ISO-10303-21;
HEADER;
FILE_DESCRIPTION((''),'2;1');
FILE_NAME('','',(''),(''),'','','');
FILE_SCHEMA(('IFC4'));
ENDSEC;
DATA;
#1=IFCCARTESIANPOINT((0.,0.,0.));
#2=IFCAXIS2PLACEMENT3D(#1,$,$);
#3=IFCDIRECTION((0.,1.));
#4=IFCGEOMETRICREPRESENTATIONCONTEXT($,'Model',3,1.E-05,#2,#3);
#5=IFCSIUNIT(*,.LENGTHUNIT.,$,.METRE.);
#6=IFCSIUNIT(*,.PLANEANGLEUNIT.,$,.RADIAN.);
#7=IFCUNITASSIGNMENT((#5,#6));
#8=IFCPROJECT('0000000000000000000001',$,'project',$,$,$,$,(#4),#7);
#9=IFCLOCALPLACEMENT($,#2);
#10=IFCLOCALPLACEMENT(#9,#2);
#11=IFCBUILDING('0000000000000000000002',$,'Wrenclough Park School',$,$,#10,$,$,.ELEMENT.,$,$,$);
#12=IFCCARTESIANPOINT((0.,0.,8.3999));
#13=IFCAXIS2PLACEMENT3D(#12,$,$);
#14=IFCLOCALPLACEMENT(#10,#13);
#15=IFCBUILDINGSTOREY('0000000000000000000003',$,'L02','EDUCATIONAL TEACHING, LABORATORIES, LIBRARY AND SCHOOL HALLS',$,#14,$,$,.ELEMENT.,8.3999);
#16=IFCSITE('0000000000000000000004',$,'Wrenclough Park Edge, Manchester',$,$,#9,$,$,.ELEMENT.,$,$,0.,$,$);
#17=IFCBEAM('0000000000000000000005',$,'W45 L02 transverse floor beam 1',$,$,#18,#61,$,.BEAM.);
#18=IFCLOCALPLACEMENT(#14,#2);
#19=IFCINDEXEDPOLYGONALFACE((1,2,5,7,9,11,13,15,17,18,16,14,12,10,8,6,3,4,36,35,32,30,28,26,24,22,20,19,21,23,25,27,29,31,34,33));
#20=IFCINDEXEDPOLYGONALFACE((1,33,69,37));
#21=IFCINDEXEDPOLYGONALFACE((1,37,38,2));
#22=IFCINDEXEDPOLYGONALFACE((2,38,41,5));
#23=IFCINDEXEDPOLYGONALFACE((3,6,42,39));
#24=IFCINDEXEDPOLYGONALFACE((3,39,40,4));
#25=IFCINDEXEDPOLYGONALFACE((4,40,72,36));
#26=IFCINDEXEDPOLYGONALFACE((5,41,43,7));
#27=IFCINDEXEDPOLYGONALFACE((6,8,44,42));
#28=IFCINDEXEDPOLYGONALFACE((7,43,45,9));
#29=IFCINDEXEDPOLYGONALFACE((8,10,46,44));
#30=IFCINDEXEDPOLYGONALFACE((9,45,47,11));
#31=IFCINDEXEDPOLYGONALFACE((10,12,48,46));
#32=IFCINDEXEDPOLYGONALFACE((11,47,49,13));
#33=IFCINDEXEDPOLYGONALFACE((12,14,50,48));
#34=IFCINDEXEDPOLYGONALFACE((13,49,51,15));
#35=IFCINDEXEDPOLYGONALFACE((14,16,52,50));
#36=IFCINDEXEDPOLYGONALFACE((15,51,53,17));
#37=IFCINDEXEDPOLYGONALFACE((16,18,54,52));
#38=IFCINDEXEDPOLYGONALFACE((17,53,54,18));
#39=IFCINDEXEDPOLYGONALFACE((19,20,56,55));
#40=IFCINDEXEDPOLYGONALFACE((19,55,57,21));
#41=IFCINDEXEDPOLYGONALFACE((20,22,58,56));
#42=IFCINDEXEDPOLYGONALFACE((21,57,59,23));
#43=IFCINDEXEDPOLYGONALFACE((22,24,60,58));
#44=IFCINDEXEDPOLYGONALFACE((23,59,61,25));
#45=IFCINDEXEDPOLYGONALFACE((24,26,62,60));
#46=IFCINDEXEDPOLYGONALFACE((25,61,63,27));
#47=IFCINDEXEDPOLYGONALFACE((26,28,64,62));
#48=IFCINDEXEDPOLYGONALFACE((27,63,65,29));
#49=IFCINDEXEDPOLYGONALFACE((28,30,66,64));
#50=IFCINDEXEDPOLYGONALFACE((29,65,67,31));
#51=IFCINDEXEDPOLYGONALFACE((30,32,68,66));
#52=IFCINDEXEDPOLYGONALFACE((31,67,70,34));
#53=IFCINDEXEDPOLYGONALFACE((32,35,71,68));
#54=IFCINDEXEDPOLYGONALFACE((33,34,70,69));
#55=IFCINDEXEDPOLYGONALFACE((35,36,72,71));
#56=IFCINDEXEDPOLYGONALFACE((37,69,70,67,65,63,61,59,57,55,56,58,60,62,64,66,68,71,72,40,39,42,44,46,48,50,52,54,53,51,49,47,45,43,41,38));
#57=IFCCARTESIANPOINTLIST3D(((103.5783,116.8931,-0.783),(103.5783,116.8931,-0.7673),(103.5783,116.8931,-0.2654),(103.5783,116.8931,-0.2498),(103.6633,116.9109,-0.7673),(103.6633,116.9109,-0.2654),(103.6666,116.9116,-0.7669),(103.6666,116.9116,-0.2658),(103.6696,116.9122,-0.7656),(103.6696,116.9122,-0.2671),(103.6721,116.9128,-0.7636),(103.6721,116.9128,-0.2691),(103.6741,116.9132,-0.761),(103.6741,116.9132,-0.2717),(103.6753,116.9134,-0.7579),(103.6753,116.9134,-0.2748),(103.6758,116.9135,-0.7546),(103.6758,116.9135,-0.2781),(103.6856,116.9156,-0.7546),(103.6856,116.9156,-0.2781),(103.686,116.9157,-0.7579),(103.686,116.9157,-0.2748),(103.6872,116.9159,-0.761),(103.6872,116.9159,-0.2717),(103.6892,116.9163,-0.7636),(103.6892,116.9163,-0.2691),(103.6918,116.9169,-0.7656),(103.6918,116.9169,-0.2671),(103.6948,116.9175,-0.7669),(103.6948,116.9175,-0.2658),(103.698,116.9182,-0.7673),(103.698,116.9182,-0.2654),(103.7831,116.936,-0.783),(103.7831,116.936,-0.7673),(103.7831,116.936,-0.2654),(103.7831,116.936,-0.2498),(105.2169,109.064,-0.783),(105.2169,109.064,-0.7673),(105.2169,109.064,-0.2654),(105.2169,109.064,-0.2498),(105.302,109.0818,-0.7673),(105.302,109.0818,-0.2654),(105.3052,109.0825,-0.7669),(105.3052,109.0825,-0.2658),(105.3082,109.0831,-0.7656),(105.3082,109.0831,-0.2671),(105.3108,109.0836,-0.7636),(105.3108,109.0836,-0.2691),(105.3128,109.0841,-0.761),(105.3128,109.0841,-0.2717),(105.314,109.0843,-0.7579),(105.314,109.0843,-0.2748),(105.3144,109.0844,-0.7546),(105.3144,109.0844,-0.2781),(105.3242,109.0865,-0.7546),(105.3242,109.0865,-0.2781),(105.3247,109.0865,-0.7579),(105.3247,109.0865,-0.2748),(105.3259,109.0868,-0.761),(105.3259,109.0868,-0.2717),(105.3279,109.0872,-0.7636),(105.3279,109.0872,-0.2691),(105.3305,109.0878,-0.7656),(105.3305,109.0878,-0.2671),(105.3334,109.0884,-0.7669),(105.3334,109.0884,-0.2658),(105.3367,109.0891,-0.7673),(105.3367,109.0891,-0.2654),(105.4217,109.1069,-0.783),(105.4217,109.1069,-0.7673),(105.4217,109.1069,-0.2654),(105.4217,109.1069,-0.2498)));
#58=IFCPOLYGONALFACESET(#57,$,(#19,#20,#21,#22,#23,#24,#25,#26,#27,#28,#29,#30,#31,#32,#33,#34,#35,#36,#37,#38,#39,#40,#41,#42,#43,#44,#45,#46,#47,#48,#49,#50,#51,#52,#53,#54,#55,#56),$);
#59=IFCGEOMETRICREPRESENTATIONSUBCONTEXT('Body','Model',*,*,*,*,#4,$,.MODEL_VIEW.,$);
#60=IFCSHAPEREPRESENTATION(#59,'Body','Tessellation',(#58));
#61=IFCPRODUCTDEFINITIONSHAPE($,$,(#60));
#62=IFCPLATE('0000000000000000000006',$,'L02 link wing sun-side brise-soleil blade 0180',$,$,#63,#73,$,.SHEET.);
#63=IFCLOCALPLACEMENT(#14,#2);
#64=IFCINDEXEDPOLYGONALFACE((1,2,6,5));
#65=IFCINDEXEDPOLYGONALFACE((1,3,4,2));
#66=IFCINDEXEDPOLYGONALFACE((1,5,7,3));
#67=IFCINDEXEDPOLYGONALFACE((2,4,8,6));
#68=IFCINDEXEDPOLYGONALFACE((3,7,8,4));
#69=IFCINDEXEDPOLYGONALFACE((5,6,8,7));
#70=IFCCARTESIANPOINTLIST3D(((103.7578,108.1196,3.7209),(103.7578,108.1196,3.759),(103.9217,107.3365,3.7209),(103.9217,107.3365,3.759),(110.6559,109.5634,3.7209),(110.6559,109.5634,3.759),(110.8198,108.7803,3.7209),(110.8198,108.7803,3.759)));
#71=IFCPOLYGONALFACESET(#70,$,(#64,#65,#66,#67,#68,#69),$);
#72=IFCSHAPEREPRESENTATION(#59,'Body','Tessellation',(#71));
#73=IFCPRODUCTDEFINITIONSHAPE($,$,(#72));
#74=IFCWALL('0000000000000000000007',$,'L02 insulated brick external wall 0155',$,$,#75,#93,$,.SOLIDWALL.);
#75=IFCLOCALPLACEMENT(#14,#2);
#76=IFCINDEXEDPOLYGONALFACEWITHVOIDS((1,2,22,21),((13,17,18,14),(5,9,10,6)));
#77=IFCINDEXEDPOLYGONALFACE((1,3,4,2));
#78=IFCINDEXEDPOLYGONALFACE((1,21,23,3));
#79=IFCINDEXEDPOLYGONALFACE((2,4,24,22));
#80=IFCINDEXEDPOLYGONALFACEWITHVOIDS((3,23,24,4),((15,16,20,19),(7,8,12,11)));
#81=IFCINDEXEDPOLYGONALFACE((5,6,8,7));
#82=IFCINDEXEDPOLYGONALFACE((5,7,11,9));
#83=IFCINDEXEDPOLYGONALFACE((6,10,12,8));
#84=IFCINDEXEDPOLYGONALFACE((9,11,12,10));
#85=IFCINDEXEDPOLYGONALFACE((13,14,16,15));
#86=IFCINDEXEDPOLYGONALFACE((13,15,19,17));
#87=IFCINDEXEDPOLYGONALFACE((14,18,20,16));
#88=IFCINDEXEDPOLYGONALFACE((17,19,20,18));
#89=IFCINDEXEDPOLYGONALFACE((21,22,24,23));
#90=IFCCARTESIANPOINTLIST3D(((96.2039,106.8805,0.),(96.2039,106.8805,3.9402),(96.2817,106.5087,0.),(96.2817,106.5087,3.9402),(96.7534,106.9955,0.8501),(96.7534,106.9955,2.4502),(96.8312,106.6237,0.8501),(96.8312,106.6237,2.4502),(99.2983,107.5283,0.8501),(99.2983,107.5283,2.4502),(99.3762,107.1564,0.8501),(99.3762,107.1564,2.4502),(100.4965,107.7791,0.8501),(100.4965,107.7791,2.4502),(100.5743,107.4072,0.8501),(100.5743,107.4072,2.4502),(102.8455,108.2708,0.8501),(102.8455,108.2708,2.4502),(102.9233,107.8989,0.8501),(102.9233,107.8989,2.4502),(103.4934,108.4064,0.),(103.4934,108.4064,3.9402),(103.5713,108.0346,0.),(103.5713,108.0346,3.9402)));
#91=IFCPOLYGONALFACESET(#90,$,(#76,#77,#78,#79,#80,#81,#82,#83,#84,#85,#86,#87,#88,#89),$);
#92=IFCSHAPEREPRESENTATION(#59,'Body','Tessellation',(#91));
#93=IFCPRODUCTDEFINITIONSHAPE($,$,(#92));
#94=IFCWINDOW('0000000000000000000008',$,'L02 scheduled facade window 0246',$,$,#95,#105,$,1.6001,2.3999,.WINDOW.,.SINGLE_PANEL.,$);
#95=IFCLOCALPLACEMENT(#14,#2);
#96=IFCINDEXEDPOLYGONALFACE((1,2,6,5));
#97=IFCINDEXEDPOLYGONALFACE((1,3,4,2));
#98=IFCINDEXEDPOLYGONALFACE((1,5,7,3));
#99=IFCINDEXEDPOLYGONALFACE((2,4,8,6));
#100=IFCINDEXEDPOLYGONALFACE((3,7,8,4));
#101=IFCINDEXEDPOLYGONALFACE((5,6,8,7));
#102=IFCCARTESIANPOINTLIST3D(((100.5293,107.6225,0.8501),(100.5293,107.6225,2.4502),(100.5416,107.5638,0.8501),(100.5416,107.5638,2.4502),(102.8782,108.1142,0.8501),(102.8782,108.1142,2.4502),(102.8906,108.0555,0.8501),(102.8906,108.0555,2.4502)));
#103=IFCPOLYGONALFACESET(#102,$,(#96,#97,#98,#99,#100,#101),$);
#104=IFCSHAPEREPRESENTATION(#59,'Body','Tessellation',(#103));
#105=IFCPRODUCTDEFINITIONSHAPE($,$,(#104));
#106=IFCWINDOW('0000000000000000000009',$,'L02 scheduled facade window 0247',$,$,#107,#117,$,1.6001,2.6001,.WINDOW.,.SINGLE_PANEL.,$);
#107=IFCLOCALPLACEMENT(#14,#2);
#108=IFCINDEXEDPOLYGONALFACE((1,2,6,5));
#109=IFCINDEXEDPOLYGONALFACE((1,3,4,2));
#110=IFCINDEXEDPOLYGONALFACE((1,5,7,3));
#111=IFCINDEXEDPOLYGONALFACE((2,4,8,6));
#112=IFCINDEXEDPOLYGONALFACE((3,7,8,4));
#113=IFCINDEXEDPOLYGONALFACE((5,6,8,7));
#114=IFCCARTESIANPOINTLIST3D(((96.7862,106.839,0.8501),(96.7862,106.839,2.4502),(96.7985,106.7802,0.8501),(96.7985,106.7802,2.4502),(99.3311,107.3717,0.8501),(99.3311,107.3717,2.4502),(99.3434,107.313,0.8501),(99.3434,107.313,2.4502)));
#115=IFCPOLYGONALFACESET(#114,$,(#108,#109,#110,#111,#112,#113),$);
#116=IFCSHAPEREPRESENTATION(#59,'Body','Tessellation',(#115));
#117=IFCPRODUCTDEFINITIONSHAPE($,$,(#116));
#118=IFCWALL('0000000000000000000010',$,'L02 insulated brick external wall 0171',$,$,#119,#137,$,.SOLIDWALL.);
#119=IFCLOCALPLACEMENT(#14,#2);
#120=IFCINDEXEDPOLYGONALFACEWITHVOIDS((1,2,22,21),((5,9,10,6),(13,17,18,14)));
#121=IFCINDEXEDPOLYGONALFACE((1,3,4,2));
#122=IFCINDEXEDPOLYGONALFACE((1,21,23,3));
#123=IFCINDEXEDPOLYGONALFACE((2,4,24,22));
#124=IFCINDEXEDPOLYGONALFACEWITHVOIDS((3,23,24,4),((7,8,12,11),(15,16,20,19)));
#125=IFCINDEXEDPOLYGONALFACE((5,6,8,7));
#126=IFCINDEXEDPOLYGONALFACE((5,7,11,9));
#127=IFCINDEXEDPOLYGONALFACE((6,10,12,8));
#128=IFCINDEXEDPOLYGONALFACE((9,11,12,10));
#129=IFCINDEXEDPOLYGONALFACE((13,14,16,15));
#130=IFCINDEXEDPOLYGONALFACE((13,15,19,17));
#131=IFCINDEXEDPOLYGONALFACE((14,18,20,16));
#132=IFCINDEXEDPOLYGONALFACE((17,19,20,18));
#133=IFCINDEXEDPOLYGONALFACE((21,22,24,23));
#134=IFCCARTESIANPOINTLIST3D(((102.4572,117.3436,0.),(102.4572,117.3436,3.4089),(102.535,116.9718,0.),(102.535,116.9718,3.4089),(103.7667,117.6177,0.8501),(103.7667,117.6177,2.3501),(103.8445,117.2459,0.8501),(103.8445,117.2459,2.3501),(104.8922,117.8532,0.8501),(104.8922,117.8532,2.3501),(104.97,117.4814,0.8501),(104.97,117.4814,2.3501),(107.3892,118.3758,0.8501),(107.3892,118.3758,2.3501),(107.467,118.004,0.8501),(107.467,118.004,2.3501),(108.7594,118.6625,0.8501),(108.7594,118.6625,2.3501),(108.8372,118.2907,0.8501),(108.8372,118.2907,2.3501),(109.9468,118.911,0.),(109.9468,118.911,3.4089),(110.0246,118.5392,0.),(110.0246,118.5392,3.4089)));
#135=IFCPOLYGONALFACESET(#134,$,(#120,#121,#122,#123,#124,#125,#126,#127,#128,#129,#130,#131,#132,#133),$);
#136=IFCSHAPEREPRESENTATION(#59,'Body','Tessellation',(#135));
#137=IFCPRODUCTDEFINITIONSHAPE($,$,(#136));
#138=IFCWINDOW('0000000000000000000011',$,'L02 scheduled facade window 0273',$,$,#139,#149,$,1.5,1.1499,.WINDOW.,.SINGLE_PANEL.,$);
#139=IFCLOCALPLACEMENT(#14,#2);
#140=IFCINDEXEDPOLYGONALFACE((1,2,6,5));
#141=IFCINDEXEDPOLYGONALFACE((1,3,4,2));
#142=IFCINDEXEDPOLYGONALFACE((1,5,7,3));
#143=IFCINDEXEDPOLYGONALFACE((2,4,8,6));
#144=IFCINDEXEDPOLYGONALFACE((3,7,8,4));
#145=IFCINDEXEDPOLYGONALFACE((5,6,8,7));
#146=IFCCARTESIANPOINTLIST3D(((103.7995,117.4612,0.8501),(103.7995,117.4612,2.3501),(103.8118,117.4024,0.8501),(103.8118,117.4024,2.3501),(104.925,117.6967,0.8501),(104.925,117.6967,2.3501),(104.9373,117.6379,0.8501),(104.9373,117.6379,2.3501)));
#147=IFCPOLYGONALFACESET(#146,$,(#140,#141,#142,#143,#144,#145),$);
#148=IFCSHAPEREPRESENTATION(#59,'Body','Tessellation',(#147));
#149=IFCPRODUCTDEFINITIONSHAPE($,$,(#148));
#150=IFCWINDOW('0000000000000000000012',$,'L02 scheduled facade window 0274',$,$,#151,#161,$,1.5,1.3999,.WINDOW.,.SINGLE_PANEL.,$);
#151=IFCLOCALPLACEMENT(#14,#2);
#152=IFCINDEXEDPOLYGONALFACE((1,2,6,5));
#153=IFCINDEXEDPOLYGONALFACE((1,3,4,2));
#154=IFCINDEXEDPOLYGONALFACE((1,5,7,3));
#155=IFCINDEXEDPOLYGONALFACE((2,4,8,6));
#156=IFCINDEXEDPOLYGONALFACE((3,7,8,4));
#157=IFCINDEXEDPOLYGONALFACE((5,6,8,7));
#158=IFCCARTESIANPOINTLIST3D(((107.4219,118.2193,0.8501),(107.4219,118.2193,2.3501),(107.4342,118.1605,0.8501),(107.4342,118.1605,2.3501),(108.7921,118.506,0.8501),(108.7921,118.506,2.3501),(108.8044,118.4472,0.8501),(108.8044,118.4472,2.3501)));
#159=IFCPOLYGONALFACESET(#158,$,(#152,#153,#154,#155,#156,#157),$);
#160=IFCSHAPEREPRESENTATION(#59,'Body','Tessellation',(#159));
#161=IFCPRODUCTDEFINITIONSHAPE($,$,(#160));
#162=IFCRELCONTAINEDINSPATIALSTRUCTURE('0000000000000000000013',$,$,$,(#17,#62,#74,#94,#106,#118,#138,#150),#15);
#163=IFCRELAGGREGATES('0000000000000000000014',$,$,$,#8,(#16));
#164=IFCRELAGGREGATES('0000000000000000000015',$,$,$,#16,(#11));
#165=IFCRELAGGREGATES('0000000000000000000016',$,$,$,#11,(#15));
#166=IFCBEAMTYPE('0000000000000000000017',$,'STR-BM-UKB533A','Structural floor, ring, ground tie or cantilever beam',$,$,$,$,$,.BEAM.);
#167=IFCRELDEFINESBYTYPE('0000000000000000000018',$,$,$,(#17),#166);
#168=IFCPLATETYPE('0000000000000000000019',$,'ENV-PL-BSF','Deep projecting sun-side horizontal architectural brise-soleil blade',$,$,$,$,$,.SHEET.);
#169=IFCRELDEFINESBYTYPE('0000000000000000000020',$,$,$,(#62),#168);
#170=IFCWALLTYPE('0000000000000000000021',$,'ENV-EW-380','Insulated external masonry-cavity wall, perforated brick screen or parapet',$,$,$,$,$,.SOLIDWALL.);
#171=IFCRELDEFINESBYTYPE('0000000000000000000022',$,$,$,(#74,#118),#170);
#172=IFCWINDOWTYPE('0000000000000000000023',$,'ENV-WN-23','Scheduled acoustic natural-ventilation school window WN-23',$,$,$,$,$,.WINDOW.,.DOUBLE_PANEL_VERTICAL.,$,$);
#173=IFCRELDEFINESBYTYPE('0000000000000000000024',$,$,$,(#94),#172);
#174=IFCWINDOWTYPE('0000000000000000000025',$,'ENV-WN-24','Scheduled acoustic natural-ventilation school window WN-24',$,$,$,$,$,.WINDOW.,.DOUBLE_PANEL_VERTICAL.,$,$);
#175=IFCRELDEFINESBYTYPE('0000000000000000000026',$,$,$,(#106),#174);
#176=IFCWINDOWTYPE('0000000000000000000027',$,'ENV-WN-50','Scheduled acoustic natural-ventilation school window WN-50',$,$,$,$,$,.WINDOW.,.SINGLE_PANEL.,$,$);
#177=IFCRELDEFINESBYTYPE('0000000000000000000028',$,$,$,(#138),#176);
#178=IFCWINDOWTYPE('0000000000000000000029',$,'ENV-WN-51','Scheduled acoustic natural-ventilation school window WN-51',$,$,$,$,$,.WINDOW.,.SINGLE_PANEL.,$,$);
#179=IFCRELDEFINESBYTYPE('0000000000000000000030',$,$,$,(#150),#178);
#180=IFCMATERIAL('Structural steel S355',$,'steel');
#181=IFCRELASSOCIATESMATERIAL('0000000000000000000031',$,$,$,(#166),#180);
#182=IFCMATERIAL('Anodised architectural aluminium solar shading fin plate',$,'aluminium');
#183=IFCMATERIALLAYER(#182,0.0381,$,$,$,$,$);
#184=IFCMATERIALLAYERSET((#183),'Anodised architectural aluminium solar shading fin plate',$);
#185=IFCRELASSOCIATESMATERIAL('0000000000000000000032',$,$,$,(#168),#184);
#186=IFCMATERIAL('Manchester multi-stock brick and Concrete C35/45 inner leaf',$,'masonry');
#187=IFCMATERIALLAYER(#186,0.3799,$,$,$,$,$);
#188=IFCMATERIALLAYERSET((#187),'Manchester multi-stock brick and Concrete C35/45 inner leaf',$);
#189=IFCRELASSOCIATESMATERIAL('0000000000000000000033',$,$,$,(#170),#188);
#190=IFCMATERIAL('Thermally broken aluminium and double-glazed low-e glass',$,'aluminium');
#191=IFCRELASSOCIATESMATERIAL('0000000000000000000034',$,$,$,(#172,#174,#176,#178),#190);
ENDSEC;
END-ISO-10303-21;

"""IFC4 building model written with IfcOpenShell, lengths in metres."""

from ifc_helpers import new_model, si_unit, direction, frame, frame_2d, origin, origin_2d, place, context, subcontext, project, spatial, rectangle, i_section, extrude, material, layer, layer_set, material_profile, profile_set, type_object, element, fill, save


model = new_model("IFC4")

# Units and contexts
model_context = context("Model", 3, precision=1e-05, world=origin(), true_north=direction((0.0, 1.0)))
body_context = subcontext(model_context, "Body", "Model", "MODEL_VIEW")
ifc_project = project(units=[si_unit("LENGTHUNIT", "METRE"), si_unit("PLANEANGLEUNIT", "RADIAN")], contexts=[model_context])

# Site, building, storey
site_placement = place(None, origin())
site = spatial("IfcSite", under=ifc_project, at=site_placement, Name="Wrenclough Park Edge, Manchester", CompositionType="ELEMENT", RefElevation=0.0)
building_placement = place(site_placement, origin())
building = spatial("IfcBuilding", under=site, at=building_placement, Name="Wrenclough Park School", CompositionType="ELEMENT")
storey_placement = place(building_placement, frame((0.0, 0.0, 8.3999)))
storey = spatial("IfcBuildingStorey", under=building, at=storey_placement, Name="L02", Description="EDUCATIONAL TEACHING, LABORATORIES, LIBRARY AND SCHOOL HALLS", CompositionType="ELEMENT", Elevation=8.3999)

# Shared definitions
ifc_material_1 = material(Name="Structural steel S355", Category="steel")

# Beam
ifc_material_profile_1 = material_profile(ifc_material_1, i_section(OverallWidth=0.2092, OverallDepth=0.5332, WebThickness=0.01, FlangeThickness=0.0156, FilletRadius=0.0127, at=origin_2d()), Name="UKB 533x210x92")
ifc_profile_set_1 = profile_set([ifc_material_profile_1], Name="Structural steel S355")
beam_type_1 = type_object("IfcBeamType", Name="STR-BM-UKB533A", Description="Structural floor, ring, ground tie or cantilever beam", PredefinedType="BEAM", material=ifc_profile_set_1)
beam_1_placement = place(storey_placement, frame((103.6807, 116.9146, -0.5164), z_axis=(0.204866, -0.97879, 0.0), x_axis=(0.97879, 0.204866, 0.0)))
element("IfcBeam", 1, at=beam_1_placement, inside=storey, type_object=beam_type_1, Name="W45 L02 transverse floor beam 1", PredefinedType="BEAM", context=body_context, shape_type="SweptSolid", body=[
    extrude(i_section(OverallWidth=0.2092, OverallDepth=0.5332, WebThickness=0.01, FlangeThickness=0.0156, FilletRadius=0.0127, at=origin_2d()), origin(), (0.0, 0.0, 1.0), 7.9988),
])

# Plate
ifc_material_2 = material(Name="Anodised architectural aluminium solar shading fin plate", Category="aluminium")
ifc_layer_1 = layer(ifc_material_2, 0.0381)
ifc_layer_set_1 = layer_set([ifc_layer_1], Name="Anodised architectural aluminium solar shading fin plate")
plate_type = type_object("IfcPlateType", Name="ENV-PL-BSF", Description="Deep projecting sun-side horizontal architectural brise-soleil blade", PredefinedType="SHEET", material=ifc_layer_set_1)
plate_placement = place(storey_placement, frame((107.2888, 108.45, 3.7209), z_axis=(0.0, 0.0, 1.0), x_axis=(-0.978789, -0.204869, 0.0)))
element("IfcPlate", 2, at=plate_placement, inside=storey, type_object=plate_type, Name="L02 link wing sun-side brise-soleil blade 0180", PredefinedType="SHEET", context=body_context, shape_type="SweptSolid", body=[
    extrude(rectangle(XDim=7.0476, YDim=0.8, at=origin_2d()), origin(), (0.0, 0.0, 1.0), 0.0381),
])

# Walls, openings, windows
ifc_material_3 = material(Name="Manchester multi-stock brick and Concrete C35/45 inner leaf", Category="masonry")
ifc_layer_2 = layer(ifc_material_3, 0.3799)
ifc_layer_set_2 = layer_set([ifc_layer_2], Name="Manchester multi-stock brick and Concrete C35/45 inner leaf")
wall_type = type_object("IfcWallType", Name="ENV-EW-380", Description="Insulated external masonry-cavity wall, perforated brick screen or parapet", PredefinedType="SOLIDWALL", material=ifc_layer_set_2)
wall_1_placement = place(storey_placement, frame((103.5322, 108.2205, 0.0), z_axis=(0.0, 0.0, 1.0), x_axis=(-0.978786, -0.204884, 0.0)))
wall_1 = element("IfcWall", 3, at=wall_1_placement, inside=storey, type_object=wall_type, Name="L02 insulated brick external wall 0155", PredefinedType="SOLIDWALL", context=body_context, shape_type="SweptSolid", body=[
    extrude(rectangle(XDim=7.4475, YDim=0.3799, at=frame_2d((3.7236, 0.0))), origin(), (0.0, 0.0, 1.0), 3.9402),
])
opening_1_placement = place(wall_1_placement, frame((0.6619, 0.0, 0.8501)))
opening_1 = element("IfcOpeningElement", 4, at=opening_1_placement, cuts=wall_1, PredefinedType="OPENING", context=body_context, shape_type="SweptSolid", body=[
    extrude(rectangle(XDim=2.3999, YDim=1.6001, at=frame_2d((1.2, 0.8))), frame((0.0, 0.2, 0.0), z_axis=(0.0, -1.0, 0.0), x_axis=(1.0, 0.0, 0.0)), (0.0, 0.0, 1.0), 0.3999),
])
opening_2_placement = place(wall_1_placement, frame((4.2859, 0.0, 0.8501)))
opening_2 = element("IfcOpeningElement", 5, at=opening_2_placement, cuts=wall_1, PredefinedType="OPENING", context=body_context, shape_type="SweptSolid", body=[
    extrude(rectangle(XDim=2.6001, YDim=1.6001, at=frame_2d((1.3, 0.8))), frame((0.0, 0.2, 0.0), z_axis=(0.0, -1.0, 0.0), x_axis=(1.0, 0.0, 0.0)), (0.0, 0.0, 1.0), 0.3999),
])
ifc_material_4 = material(Name="Thermally broken aluminium and double-glazed low-e glass", Category="aluminium")
window_type_1 = type_object("IfcWindowType", Name="ENV-WN-23", Description="Scheduled acoustic natural-ventilation school window WN-23", PartitioningType="DOUBLE_PANEL_VERTICAL", PredefinedType="WINDOW", material=ifc_material_4)
window_1_placement = place(opening_1_placement, origin())
window_1 = element("IfcWindow", 6, at=window_1_placement, inside=storey, type_object=window_type_1, Name="L02 scheduled facade window 0246", OverallHeight=1.6001, OverallWidth=2.3999, PartitioningType="SINGLE_PANEL", PredefinedType="WINDOW", context=body_context, shape_type="SweptSolid", body=[
    extrude(rectangle(XDim=2.3999, YDim=1.6001, at=frame_2d((1.2, 0.8))), frame((0.0, 0.03, 0.0), z_axis=(0.0, -1.0, 0.0), x_axis=(1.0, 0.0, 0.0)), (0.0, 0.0, 1.0), 0.0601),
])
fill(opening_1, window_1)
window_type_2 = type_object("IfcWindowType", Name="ENV-WN-24", Description="Scheduled acoustic natural-ventilation school window WN-24", PartitioningType="DOUBLE_PANEL_VERTICAL", PredefinedType="WINDOW", material=ifc_material_4)
window_2_placement = place(opening_2_placement, origin())
window_2 = element("IfcWindow", 7, at=window_2_placement, inside=storey, type_object=window_type_2, Name="L02 scheduled facade window 0247", OverallHeight=1.6001, OverallWidth=2.6001, PartitioningType="SINGLE_PANEL", PredefinedType="WINDOW", context=body_context, shape_type="SweptSolid", body=[
    extrude(rectangle(XDim=2.6001, YDim=1.6001, at=frame_2d((1.3, 0.8))), frame((0.0, 0.03, 0.0), z_axis=(0.0, -1.0, 0.0), x_axis=(1.0, 0.0, 0.0)), (0.0, 0.0, 1.0), 0.0601),
])
fill(opening_2, window_2)
wall_2_placement = place(storey_placement, frame((102.4961, 117.1577, 0.0), z_axis=(0.0, 0.0, 1.0), x_axis=(0.978796, 0.20484, 0.0)))
wall_2 = element("IfcWall", 8, at=wall_2_placement, inside=storey, type_object=wall_type, Name="L02 insulated brick external wall 0171", PredefinedType="SOLIDWALL", context=body_context, shape_type="SweptSolid", body=[
    extrude(rectangle(XDim=7.6519, YDim=0.3799, at=frame_2d((3.8259, 0.0))), origin(), (0.0, 0.0, 1.0), 3.4089),
])
opening_3_placement = place(wall_2_placement, frame((1.3379, 0.0, 0.8501)))
opening_3 = element("IfcOpeningElement", 9, at=opening_3_placement, cuts=wall_2, PredefinedType="OPENING", context=body_context, shape_type="SweptSolid", body=[
    extrude(rectangle(XDim=1.1499, YDim=1.5, at=frame_2d((0.575, 0.75))), frame((0.0, 0.2, 0.0), z_axis=(0.0, -1.0, 0.0), x_axis=(1.0, 0.0, 0.0)), (0.0, 0.0, 1.0), 0.3999),
])
opening_4_placement = place(wall_2_placement, frame((5.0388, 0.0, 0.8501)))
opening_4 = element("IfcOpeningElement", 10, at=opening_4_placement, cuts=wall_2, PredefinedType="OPENING", context=body_context, shape_type="SweptSolid", body=[
    extrude(rectangle(XDim=1.3999, YDim=1.5, at=frame_2d((0.7, 0.75))), frame((0.0, 0.2, 0.0), z_axis=(0.0, -1.0, 0.0), x_axis=(1.0, 0.0, 0.0)), (0.0, 0.0, 1.0), 0.3999),
])
window_type_3 = type_object("IfcWindowType", Name="ENV-WN-50", Description="Scheduled acoustic natural-ventilation school window WN-50", PartitioningType="SINGLE_PANEL", PredefinedType="WINDOW", material=ifc_material_4)
window_3_placement = place(opening_3_placement, origin())
window_3 = element("IfcWindow", 11, at=window_3_placement, inside=storey, type_object=window_type_3, Name="L02 scheduled facade window 0273", OverallHeight=1.5, OverallWidth=1.1499, PartitioningType="SINGLE_PANEL", PredefinedType="WINDOW", context=body_context, shape_type="SweptSolid", body=[
    extrude(rectangle(XDim=1.1499, YDim=1.5, at=frame_2d((0.575, 0.75))), frame((0.0, 0.03, 0.0), z_axis=(0.0, -1.0, 0.0), x_axis=(1.0, 0.0, 0.0)), (0.0, 0.0, 1.0), 0.0601),
])
fill(opening_3, window_3)
window_type_4 = type_object("IfcWindowType", Name="ENV-WN-51", Description="Scheduled acoustic natural-ventilation school window WN-51", PartitioningType="SINGLE_PANEL", PredefinedType="WINDOW", material=ifc_material_4)
window_4_placement = place(opening_4_placement, origin())
window_4 = element("IfcWindow", 12, at=window_4_placement, inside=storey, type_object=window_type_4, Name="L02 scheduled facade window 0274", OverallHeight=1.5, OverallWidth=1.3999, PartitioningType="SINGLE_PANEL", PredefinedType="WINDOW", context=body_context, shape_type="SweptSolid", body=[
    extrude(rectangle(XDim=1.3999, YDim=1.5, at=frame_2d((0.7, 0.75))), frame((0.0, 0.03, 0.0), z_axis=(0.0, -1.0, 0.0), x_axis=(1.0, 0.0, 0.0)), (0.0, 0.0, 1.0), 0.0601),
])
fill(opening_4, window_4)

save(model, "model.ifc")
